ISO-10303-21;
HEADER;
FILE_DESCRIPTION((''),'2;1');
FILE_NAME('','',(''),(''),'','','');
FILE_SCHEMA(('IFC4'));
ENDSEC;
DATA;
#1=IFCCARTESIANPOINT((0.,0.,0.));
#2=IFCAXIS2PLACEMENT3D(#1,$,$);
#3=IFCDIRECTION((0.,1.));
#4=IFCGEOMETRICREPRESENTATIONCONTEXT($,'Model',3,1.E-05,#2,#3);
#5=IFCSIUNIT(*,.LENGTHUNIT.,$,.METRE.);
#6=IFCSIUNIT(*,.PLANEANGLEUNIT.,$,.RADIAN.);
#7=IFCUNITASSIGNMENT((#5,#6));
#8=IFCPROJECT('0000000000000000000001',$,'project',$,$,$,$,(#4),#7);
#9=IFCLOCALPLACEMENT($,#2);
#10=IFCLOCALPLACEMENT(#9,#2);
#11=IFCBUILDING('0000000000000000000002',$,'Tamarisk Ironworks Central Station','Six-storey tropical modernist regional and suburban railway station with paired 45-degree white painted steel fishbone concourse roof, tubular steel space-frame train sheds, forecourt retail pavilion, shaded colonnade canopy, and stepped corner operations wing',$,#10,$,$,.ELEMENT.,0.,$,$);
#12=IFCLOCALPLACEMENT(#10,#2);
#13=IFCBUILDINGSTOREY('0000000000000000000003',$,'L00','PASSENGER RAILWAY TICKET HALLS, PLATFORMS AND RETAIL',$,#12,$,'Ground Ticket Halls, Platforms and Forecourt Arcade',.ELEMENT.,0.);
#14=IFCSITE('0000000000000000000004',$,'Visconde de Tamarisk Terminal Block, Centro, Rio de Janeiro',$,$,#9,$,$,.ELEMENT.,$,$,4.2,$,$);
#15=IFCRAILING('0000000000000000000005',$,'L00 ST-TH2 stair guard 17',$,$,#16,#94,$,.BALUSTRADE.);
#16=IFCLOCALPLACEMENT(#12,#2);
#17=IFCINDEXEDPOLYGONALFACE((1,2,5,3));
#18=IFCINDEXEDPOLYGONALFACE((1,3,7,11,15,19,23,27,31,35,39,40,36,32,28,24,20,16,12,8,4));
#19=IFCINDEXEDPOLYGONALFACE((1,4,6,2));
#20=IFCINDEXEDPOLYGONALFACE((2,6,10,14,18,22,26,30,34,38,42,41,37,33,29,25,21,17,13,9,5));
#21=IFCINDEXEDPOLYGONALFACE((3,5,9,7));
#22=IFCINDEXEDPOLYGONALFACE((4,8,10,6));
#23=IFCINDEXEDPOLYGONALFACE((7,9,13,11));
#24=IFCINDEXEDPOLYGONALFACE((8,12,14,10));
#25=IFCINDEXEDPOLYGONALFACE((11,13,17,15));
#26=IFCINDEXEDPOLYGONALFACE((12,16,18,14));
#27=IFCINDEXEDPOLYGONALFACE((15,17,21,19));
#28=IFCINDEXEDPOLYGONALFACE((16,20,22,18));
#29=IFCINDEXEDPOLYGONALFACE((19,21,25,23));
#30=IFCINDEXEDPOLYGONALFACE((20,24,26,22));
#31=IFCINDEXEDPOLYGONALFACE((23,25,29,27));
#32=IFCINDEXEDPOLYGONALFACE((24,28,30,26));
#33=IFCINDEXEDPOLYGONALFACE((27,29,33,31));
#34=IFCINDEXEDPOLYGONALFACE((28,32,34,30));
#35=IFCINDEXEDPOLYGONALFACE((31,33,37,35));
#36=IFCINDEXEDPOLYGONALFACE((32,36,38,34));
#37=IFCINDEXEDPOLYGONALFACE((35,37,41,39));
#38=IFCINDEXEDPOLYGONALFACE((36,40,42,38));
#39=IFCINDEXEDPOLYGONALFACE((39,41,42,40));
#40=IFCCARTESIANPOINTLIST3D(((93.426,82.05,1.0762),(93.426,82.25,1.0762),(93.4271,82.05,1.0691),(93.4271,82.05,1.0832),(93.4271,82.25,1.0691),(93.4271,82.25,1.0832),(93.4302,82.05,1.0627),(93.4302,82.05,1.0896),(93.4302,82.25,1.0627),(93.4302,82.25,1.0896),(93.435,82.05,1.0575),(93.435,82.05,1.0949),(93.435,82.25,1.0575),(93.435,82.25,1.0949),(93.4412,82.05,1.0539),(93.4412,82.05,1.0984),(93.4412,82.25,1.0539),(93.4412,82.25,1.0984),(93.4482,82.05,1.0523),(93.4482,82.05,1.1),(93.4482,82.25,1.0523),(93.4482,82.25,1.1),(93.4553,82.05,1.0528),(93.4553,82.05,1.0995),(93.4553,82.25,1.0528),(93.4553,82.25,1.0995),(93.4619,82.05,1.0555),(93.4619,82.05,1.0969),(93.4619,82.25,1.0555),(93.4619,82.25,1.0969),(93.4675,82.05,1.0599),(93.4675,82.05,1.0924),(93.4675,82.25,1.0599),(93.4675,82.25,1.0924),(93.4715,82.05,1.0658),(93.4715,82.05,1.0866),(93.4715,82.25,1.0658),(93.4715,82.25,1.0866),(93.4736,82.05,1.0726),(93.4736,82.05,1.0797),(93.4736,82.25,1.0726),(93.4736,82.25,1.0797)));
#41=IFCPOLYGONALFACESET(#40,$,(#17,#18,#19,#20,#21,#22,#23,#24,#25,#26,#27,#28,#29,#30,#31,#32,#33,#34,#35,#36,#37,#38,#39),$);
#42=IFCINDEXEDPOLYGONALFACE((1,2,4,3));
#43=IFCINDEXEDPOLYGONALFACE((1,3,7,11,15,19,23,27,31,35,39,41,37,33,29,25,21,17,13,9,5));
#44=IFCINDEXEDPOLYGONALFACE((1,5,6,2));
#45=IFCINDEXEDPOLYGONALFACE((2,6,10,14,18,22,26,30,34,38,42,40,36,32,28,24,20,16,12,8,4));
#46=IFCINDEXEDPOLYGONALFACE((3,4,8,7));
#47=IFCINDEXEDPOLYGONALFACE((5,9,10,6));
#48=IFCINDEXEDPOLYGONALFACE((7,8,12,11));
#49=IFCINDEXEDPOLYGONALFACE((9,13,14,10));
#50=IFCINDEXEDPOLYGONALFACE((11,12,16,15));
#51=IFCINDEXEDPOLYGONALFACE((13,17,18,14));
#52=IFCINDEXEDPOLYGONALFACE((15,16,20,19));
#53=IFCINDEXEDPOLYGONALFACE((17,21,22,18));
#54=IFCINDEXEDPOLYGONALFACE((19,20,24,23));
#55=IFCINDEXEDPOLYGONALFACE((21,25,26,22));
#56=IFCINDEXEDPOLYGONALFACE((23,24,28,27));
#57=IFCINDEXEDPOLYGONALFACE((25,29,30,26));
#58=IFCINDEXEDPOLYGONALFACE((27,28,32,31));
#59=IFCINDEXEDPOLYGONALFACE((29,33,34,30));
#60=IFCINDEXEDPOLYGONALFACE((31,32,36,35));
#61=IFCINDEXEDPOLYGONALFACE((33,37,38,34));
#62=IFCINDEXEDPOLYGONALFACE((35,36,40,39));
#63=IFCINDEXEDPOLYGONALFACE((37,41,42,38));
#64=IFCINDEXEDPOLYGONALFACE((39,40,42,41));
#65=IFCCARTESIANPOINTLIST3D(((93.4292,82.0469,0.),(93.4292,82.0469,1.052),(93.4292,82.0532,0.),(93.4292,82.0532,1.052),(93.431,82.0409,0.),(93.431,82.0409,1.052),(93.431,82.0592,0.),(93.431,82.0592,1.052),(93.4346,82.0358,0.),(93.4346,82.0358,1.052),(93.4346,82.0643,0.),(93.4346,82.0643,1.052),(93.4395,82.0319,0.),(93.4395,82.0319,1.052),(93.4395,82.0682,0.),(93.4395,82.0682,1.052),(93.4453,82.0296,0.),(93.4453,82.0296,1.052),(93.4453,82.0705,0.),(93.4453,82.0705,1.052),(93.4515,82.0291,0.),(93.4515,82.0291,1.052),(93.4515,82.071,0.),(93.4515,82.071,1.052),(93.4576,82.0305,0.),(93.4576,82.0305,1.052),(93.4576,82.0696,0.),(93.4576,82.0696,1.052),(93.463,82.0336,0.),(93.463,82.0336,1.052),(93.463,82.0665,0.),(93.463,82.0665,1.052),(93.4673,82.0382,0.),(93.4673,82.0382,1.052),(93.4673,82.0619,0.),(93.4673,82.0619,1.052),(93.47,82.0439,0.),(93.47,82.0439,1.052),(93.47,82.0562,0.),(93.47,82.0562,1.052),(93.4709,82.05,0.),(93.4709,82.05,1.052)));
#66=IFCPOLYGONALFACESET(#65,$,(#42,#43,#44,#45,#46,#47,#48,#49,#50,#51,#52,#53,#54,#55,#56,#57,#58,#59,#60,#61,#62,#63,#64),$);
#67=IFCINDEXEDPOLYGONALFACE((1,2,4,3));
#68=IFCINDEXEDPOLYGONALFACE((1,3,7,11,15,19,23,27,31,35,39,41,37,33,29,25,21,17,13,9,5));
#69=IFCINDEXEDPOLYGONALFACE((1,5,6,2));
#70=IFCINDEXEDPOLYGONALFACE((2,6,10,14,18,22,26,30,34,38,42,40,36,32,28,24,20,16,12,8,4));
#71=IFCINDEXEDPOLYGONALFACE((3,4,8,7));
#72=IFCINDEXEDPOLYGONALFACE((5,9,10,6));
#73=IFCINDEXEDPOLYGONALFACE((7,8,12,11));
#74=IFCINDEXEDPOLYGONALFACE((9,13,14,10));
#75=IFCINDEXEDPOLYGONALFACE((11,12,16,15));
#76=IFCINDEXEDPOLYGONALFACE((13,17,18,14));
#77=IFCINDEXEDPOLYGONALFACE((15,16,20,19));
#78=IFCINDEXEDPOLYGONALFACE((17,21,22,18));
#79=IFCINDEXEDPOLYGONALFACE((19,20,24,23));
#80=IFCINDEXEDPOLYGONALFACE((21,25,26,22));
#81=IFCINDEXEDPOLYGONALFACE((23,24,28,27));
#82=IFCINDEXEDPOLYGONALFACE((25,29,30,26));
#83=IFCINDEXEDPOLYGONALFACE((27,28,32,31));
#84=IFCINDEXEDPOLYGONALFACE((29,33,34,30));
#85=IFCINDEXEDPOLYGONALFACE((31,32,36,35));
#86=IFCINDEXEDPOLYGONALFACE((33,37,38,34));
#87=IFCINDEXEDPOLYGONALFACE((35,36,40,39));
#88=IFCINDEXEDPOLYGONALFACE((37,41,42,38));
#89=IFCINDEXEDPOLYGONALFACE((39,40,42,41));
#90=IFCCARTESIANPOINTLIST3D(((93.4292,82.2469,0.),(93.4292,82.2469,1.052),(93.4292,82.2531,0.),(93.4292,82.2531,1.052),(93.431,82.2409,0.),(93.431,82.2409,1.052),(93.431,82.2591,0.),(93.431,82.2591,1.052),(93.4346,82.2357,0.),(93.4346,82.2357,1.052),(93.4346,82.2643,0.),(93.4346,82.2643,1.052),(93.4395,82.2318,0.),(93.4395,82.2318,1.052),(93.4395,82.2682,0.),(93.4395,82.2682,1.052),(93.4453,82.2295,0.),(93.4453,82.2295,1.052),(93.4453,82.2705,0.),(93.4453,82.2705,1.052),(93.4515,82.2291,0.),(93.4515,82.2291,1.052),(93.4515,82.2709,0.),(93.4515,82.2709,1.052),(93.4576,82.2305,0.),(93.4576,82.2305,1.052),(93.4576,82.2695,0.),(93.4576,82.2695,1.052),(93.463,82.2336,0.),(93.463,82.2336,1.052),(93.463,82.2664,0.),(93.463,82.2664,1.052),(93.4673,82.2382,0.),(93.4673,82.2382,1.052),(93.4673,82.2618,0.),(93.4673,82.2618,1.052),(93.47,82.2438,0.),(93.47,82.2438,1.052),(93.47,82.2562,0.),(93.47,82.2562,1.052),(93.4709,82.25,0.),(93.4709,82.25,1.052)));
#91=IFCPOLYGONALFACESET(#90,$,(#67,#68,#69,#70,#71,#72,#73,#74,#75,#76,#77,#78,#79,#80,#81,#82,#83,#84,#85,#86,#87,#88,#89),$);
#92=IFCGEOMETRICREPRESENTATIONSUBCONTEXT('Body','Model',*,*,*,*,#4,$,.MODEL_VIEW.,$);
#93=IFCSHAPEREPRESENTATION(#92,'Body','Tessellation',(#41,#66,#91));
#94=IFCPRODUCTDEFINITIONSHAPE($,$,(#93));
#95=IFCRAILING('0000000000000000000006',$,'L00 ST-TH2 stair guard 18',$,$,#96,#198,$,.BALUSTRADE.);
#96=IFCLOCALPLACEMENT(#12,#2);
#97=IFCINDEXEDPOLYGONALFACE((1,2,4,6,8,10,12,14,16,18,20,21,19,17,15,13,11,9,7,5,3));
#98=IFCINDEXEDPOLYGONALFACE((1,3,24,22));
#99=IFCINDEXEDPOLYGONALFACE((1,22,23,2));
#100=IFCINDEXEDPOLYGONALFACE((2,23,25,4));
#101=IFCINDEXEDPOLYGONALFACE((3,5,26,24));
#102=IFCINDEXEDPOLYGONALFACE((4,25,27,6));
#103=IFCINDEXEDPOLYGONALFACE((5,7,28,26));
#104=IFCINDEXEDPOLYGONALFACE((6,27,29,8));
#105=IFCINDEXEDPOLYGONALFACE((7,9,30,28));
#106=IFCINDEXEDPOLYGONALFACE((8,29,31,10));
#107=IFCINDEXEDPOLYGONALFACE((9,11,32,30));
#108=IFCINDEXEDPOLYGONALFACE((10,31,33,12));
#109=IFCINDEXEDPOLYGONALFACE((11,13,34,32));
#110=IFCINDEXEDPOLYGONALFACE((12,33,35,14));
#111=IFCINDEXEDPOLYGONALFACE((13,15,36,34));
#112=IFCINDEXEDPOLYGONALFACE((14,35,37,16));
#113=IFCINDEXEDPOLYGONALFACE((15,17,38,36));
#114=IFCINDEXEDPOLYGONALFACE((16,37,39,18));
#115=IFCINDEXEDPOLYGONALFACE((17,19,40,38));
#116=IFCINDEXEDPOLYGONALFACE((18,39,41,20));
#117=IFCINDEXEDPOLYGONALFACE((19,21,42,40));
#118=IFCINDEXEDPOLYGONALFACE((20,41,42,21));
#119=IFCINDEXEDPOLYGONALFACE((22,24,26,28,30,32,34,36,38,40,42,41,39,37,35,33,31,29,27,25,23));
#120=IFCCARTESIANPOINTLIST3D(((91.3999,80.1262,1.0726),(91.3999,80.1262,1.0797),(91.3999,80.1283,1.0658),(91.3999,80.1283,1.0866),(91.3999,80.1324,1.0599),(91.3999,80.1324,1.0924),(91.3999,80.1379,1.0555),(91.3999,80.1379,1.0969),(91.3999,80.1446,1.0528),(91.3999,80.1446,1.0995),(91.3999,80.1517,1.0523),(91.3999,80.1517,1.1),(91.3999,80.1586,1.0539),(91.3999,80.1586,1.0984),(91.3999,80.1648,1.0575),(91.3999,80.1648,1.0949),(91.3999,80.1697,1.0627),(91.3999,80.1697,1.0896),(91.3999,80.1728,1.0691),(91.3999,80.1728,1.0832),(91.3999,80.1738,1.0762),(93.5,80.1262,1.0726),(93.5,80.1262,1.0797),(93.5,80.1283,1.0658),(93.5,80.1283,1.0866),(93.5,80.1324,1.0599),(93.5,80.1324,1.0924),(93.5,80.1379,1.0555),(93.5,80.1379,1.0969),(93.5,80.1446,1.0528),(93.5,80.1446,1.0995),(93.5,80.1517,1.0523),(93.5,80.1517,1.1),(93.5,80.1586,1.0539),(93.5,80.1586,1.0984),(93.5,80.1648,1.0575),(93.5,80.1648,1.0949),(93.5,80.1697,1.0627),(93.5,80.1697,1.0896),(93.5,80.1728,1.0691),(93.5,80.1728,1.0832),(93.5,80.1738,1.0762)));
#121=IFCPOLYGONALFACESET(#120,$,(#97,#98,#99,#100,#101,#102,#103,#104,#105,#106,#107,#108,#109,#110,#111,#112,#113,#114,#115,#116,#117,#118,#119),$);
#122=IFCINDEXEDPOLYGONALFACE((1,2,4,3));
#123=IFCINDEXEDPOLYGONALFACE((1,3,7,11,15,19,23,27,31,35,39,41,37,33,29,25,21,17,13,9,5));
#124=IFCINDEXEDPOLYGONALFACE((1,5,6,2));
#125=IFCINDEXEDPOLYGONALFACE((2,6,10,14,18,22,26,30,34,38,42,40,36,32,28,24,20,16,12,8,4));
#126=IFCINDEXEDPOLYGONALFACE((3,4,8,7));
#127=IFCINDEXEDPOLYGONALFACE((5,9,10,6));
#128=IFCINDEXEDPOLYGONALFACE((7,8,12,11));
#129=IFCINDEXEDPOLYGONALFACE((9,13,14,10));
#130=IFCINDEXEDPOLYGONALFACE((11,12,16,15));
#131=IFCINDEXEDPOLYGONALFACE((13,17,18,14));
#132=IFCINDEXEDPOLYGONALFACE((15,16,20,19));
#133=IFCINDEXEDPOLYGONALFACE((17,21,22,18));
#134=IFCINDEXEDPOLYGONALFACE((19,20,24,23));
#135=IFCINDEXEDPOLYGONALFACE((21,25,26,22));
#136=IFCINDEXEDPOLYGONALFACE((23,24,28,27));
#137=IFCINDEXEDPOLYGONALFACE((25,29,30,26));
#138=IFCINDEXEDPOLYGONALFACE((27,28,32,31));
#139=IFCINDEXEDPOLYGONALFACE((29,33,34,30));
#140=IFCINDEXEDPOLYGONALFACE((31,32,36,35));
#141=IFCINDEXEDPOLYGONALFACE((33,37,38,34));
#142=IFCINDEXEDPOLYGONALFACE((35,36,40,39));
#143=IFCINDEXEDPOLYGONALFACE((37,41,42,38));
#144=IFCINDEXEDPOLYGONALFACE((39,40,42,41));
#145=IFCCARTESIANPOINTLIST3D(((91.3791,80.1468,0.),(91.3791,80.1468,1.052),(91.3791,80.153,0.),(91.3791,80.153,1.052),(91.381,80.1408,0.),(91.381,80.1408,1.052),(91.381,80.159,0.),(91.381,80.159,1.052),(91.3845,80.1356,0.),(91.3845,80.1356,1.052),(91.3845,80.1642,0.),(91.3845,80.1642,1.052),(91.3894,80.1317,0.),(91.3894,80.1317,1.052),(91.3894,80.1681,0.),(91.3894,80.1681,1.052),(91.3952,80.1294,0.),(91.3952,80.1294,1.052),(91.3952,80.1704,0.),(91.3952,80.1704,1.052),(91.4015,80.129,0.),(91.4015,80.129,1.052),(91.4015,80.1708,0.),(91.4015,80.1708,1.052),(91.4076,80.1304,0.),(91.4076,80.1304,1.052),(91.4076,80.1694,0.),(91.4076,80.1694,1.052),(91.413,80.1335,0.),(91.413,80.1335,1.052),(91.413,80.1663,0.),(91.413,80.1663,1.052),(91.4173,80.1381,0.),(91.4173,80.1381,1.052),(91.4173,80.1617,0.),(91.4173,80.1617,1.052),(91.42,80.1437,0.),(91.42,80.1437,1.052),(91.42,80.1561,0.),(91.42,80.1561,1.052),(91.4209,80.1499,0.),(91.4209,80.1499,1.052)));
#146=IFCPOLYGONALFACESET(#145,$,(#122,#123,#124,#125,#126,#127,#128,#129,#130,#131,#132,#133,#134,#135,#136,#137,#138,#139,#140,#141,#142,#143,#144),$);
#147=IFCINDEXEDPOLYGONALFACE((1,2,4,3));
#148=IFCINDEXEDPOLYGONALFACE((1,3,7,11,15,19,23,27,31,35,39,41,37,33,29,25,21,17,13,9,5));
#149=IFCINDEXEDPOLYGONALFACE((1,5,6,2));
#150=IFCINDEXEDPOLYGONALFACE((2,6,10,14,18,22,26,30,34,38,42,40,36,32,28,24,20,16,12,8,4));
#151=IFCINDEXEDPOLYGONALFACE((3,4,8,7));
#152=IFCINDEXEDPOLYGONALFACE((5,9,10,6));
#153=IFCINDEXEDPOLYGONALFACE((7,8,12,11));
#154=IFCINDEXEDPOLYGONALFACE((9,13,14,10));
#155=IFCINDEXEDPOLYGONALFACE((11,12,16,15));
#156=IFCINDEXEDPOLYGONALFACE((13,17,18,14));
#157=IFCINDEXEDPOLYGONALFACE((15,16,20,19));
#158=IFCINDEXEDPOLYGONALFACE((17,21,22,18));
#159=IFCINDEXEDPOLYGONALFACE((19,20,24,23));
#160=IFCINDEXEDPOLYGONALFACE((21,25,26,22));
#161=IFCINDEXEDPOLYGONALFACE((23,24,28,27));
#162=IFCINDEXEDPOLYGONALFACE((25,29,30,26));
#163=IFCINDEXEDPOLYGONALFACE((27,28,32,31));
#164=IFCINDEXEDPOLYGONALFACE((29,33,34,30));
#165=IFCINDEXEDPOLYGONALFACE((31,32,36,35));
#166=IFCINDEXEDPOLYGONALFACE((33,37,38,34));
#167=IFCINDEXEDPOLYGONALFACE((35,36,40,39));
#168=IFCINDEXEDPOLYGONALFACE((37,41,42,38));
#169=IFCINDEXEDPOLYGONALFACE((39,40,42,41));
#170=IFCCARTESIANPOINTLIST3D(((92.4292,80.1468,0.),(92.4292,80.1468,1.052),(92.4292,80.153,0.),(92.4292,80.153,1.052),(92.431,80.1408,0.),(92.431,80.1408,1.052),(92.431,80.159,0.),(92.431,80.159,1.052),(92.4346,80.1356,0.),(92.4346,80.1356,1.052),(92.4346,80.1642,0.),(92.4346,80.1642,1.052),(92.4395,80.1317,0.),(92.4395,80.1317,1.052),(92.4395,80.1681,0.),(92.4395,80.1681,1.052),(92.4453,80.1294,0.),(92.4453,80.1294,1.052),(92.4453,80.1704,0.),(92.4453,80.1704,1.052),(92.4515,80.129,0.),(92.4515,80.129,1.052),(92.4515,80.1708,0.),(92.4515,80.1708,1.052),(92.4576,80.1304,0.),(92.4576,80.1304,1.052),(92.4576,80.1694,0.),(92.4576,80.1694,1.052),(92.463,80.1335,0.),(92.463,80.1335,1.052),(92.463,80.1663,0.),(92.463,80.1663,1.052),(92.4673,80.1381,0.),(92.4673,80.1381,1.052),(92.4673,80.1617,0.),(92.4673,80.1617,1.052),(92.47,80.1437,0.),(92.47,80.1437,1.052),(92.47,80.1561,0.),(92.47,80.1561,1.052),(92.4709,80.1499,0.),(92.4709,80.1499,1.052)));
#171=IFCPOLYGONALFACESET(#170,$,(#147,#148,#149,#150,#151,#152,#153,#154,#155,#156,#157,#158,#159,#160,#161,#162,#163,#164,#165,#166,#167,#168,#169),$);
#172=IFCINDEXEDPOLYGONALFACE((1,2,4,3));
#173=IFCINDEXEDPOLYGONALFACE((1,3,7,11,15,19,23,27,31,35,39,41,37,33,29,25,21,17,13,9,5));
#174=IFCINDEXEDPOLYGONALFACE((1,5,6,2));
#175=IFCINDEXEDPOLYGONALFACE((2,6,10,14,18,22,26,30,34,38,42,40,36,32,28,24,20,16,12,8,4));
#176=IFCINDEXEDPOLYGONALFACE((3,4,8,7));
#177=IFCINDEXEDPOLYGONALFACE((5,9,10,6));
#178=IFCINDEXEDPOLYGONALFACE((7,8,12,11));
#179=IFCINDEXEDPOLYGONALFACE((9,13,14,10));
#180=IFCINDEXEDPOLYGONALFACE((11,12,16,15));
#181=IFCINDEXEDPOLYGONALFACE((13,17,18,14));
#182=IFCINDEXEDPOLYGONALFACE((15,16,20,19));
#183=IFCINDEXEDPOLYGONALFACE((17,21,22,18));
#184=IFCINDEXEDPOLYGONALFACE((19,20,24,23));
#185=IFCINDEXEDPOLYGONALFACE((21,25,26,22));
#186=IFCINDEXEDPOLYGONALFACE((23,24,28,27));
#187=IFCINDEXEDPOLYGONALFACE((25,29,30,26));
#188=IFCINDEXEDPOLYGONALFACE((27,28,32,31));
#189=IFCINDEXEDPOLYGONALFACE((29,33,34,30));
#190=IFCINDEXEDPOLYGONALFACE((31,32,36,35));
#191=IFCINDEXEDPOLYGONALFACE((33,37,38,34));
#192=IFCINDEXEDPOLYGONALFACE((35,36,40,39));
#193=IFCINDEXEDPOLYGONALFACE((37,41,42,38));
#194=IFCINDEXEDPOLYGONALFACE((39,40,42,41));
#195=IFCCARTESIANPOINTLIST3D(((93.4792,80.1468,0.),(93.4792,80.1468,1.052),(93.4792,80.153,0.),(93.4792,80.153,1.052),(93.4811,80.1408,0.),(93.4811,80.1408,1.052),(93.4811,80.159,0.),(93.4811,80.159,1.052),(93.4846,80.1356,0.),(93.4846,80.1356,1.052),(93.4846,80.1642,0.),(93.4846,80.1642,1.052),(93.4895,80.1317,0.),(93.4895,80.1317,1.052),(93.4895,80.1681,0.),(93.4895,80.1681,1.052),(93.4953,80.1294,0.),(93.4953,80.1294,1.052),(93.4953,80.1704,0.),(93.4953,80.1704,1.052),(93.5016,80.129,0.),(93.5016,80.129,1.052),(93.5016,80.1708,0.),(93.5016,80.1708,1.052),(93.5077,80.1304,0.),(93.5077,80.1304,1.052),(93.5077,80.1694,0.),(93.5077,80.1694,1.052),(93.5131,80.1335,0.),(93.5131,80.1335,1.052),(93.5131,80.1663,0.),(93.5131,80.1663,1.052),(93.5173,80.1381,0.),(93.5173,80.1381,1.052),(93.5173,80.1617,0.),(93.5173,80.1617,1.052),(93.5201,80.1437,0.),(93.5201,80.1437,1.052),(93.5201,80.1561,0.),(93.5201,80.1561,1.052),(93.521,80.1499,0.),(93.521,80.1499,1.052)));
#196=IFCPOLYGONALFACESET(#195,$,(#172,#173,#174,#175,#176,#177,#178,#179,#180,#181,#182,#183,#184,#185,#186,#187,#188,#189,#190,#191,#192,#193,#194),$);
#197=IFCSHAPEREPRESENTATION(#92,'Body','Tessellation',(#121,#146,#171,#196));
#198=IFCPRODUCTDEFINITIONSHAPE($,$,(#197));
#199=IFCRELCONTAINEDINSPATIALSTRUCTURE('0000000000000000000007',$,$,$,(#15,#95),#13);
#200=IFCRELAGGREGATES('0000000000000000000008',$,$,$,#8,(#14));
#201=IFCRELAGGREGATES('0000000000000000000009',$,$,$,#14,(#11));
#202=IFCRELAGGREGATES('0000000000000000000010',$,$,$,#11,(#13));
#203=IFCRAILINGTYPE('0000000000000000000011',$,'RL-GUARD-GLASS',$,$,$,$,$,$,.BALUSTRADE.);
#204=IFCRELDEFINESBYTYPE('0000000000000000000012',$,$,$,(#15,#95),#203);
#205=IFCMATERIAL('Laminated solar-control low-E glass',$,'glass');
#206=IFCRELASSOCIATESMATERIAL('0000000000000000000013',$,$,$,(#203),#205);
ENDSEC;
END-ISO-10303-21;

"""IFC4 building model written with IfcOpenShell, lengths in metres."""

from ifc_helpers import new_model, si_unit, direction, frame, origin, origin_2d, place, context, subcontext, project, spatial, circle, extrude, material, type_object, element, save


model = new_model("IFC4")

# Units and contexts
model_context = context("Model", 3, precision=1e-05, world=origin(), true_north=direction((0.0, 1.0)))
body_context = subcontext(model_context, "Body", "Model", "MODEL_VIEW")
ifc_project = project(units=[si_unit("LENGTHUNIT", "METRE"), si_unit("PLANEANGLEUNIT", "RADIAN")], contexts=[model_context])

# Site, building, storey
site_placement = place(None, origin())
site = spatial("IfcSite", under=ifc_project, at=site_placement, Name="Visconde de Tamarisk Terminal Block, Centro, Rio de Janeiro", CompositionType="ELEMENT", RefElevation=4.2)
building_placement = place(site_placement, origin())
building = spatial("IfcBuilding", under=site, at=building_placement, Name="Tamarisk Ironworks Central Station", Description="Six-storey tropical modernist regional and suburban railway station with paired 45-degree white painted steel fishbone concourse roof, tubular steel space-frame train sheds, forecourt retail pavilion, shaded colonnade canopy, and stepped corner operations wing", CompositionType="ELEMENT", ElevationOfRefHeight=0.0)
storey_placement = place(building_placement, origin())
storey = spatial("IfcBuildingStorey", under=building, at=storey_placement, Name="L00", Description="PASSENGER RAILWAY TICKET HALLS, PLATFORMS AND RETAIL", LongName="Ground Ticket Halls, Platforms and Forecourt Arcade", CompositionType="ELEMENT", Elevation=0.0)

# Railings
ifc_material_1 = material(Name="Laminated solar-control low-E glass", Category="glass")
railing_type_1 = type_object("IfcRailingType", Name="RL-GUARD-GLASS", PredefinedType="BALUSTRADE", material=ifc_material_1)
railing_1_placement = place(storey_placement, frame((93.45, 82.05, 0.0)))
element("IfcRailing", 1, at=railing_1_placement, inside=storey, type_object=railing_type_1, Name="L00 ST-TH2 stair guard 17", PredefinedType="BALUSTRADE", context=body_context, shape_type="SweptSolid", body=[
    extrude(circle(Radius=0.0239, at=origin_2d()), frame((0.0, 0.0, 1.0762), z_axis=(0.0, 1.0, 0.0), x_axis=(-1.0, 0.0, 0.0)), (0.0, 0.0, 1.0), 0.2),
    extrude(circle(Radius=0.021, at=origin_2d()), origin(), (0.0, 0.0, 1.0), 1.052),
    extrude(circle(Radius=0.021, at=origin_2d()), frame((0.0, 0.2, 0.0)), (0.0, 0.0, 1.0), 1.052),
])
for number, where, name in (
    (2, (91.3999, 80.1499, 0.0), "L00 ST-TH2 stair guard 18"),
):
    element("IfcRailing", number, at=place(storey_placement, frame(where)), inside=storey, type_object=railing_type_1, Name=name, PredefinedType="BALUSTRADE", context=body_context, shape_type="SweptSolid", body=[
        extrude(circle(Radius=0.0239, at=origin_2d()), frame((0.0, 0.0, 1.0762), z_axis=(1.0, 0.0, 0.0), x_axis=(0.0, 1.0, 0.0)), (0.0, 0.0, 1.0), 2.1001),
        extrude(circle(Radius=0.021, at=origin_2d()), origin(), (0.0, 0.0, 1.0), 1.052),
        extrude(circle(Radius=0.021, at=origin_2d()), frame((1.05, 0.0, 0.0)), (0.0, 0.0, 1.0), 1.052),
        extrude(circle(Radius=0.021, at=origin_2d()), frame((2.1001, 0.0, 0.0)), (0.0, 0.0, 1.0), 1.052),
    ])

save(model, "model.ifc")
